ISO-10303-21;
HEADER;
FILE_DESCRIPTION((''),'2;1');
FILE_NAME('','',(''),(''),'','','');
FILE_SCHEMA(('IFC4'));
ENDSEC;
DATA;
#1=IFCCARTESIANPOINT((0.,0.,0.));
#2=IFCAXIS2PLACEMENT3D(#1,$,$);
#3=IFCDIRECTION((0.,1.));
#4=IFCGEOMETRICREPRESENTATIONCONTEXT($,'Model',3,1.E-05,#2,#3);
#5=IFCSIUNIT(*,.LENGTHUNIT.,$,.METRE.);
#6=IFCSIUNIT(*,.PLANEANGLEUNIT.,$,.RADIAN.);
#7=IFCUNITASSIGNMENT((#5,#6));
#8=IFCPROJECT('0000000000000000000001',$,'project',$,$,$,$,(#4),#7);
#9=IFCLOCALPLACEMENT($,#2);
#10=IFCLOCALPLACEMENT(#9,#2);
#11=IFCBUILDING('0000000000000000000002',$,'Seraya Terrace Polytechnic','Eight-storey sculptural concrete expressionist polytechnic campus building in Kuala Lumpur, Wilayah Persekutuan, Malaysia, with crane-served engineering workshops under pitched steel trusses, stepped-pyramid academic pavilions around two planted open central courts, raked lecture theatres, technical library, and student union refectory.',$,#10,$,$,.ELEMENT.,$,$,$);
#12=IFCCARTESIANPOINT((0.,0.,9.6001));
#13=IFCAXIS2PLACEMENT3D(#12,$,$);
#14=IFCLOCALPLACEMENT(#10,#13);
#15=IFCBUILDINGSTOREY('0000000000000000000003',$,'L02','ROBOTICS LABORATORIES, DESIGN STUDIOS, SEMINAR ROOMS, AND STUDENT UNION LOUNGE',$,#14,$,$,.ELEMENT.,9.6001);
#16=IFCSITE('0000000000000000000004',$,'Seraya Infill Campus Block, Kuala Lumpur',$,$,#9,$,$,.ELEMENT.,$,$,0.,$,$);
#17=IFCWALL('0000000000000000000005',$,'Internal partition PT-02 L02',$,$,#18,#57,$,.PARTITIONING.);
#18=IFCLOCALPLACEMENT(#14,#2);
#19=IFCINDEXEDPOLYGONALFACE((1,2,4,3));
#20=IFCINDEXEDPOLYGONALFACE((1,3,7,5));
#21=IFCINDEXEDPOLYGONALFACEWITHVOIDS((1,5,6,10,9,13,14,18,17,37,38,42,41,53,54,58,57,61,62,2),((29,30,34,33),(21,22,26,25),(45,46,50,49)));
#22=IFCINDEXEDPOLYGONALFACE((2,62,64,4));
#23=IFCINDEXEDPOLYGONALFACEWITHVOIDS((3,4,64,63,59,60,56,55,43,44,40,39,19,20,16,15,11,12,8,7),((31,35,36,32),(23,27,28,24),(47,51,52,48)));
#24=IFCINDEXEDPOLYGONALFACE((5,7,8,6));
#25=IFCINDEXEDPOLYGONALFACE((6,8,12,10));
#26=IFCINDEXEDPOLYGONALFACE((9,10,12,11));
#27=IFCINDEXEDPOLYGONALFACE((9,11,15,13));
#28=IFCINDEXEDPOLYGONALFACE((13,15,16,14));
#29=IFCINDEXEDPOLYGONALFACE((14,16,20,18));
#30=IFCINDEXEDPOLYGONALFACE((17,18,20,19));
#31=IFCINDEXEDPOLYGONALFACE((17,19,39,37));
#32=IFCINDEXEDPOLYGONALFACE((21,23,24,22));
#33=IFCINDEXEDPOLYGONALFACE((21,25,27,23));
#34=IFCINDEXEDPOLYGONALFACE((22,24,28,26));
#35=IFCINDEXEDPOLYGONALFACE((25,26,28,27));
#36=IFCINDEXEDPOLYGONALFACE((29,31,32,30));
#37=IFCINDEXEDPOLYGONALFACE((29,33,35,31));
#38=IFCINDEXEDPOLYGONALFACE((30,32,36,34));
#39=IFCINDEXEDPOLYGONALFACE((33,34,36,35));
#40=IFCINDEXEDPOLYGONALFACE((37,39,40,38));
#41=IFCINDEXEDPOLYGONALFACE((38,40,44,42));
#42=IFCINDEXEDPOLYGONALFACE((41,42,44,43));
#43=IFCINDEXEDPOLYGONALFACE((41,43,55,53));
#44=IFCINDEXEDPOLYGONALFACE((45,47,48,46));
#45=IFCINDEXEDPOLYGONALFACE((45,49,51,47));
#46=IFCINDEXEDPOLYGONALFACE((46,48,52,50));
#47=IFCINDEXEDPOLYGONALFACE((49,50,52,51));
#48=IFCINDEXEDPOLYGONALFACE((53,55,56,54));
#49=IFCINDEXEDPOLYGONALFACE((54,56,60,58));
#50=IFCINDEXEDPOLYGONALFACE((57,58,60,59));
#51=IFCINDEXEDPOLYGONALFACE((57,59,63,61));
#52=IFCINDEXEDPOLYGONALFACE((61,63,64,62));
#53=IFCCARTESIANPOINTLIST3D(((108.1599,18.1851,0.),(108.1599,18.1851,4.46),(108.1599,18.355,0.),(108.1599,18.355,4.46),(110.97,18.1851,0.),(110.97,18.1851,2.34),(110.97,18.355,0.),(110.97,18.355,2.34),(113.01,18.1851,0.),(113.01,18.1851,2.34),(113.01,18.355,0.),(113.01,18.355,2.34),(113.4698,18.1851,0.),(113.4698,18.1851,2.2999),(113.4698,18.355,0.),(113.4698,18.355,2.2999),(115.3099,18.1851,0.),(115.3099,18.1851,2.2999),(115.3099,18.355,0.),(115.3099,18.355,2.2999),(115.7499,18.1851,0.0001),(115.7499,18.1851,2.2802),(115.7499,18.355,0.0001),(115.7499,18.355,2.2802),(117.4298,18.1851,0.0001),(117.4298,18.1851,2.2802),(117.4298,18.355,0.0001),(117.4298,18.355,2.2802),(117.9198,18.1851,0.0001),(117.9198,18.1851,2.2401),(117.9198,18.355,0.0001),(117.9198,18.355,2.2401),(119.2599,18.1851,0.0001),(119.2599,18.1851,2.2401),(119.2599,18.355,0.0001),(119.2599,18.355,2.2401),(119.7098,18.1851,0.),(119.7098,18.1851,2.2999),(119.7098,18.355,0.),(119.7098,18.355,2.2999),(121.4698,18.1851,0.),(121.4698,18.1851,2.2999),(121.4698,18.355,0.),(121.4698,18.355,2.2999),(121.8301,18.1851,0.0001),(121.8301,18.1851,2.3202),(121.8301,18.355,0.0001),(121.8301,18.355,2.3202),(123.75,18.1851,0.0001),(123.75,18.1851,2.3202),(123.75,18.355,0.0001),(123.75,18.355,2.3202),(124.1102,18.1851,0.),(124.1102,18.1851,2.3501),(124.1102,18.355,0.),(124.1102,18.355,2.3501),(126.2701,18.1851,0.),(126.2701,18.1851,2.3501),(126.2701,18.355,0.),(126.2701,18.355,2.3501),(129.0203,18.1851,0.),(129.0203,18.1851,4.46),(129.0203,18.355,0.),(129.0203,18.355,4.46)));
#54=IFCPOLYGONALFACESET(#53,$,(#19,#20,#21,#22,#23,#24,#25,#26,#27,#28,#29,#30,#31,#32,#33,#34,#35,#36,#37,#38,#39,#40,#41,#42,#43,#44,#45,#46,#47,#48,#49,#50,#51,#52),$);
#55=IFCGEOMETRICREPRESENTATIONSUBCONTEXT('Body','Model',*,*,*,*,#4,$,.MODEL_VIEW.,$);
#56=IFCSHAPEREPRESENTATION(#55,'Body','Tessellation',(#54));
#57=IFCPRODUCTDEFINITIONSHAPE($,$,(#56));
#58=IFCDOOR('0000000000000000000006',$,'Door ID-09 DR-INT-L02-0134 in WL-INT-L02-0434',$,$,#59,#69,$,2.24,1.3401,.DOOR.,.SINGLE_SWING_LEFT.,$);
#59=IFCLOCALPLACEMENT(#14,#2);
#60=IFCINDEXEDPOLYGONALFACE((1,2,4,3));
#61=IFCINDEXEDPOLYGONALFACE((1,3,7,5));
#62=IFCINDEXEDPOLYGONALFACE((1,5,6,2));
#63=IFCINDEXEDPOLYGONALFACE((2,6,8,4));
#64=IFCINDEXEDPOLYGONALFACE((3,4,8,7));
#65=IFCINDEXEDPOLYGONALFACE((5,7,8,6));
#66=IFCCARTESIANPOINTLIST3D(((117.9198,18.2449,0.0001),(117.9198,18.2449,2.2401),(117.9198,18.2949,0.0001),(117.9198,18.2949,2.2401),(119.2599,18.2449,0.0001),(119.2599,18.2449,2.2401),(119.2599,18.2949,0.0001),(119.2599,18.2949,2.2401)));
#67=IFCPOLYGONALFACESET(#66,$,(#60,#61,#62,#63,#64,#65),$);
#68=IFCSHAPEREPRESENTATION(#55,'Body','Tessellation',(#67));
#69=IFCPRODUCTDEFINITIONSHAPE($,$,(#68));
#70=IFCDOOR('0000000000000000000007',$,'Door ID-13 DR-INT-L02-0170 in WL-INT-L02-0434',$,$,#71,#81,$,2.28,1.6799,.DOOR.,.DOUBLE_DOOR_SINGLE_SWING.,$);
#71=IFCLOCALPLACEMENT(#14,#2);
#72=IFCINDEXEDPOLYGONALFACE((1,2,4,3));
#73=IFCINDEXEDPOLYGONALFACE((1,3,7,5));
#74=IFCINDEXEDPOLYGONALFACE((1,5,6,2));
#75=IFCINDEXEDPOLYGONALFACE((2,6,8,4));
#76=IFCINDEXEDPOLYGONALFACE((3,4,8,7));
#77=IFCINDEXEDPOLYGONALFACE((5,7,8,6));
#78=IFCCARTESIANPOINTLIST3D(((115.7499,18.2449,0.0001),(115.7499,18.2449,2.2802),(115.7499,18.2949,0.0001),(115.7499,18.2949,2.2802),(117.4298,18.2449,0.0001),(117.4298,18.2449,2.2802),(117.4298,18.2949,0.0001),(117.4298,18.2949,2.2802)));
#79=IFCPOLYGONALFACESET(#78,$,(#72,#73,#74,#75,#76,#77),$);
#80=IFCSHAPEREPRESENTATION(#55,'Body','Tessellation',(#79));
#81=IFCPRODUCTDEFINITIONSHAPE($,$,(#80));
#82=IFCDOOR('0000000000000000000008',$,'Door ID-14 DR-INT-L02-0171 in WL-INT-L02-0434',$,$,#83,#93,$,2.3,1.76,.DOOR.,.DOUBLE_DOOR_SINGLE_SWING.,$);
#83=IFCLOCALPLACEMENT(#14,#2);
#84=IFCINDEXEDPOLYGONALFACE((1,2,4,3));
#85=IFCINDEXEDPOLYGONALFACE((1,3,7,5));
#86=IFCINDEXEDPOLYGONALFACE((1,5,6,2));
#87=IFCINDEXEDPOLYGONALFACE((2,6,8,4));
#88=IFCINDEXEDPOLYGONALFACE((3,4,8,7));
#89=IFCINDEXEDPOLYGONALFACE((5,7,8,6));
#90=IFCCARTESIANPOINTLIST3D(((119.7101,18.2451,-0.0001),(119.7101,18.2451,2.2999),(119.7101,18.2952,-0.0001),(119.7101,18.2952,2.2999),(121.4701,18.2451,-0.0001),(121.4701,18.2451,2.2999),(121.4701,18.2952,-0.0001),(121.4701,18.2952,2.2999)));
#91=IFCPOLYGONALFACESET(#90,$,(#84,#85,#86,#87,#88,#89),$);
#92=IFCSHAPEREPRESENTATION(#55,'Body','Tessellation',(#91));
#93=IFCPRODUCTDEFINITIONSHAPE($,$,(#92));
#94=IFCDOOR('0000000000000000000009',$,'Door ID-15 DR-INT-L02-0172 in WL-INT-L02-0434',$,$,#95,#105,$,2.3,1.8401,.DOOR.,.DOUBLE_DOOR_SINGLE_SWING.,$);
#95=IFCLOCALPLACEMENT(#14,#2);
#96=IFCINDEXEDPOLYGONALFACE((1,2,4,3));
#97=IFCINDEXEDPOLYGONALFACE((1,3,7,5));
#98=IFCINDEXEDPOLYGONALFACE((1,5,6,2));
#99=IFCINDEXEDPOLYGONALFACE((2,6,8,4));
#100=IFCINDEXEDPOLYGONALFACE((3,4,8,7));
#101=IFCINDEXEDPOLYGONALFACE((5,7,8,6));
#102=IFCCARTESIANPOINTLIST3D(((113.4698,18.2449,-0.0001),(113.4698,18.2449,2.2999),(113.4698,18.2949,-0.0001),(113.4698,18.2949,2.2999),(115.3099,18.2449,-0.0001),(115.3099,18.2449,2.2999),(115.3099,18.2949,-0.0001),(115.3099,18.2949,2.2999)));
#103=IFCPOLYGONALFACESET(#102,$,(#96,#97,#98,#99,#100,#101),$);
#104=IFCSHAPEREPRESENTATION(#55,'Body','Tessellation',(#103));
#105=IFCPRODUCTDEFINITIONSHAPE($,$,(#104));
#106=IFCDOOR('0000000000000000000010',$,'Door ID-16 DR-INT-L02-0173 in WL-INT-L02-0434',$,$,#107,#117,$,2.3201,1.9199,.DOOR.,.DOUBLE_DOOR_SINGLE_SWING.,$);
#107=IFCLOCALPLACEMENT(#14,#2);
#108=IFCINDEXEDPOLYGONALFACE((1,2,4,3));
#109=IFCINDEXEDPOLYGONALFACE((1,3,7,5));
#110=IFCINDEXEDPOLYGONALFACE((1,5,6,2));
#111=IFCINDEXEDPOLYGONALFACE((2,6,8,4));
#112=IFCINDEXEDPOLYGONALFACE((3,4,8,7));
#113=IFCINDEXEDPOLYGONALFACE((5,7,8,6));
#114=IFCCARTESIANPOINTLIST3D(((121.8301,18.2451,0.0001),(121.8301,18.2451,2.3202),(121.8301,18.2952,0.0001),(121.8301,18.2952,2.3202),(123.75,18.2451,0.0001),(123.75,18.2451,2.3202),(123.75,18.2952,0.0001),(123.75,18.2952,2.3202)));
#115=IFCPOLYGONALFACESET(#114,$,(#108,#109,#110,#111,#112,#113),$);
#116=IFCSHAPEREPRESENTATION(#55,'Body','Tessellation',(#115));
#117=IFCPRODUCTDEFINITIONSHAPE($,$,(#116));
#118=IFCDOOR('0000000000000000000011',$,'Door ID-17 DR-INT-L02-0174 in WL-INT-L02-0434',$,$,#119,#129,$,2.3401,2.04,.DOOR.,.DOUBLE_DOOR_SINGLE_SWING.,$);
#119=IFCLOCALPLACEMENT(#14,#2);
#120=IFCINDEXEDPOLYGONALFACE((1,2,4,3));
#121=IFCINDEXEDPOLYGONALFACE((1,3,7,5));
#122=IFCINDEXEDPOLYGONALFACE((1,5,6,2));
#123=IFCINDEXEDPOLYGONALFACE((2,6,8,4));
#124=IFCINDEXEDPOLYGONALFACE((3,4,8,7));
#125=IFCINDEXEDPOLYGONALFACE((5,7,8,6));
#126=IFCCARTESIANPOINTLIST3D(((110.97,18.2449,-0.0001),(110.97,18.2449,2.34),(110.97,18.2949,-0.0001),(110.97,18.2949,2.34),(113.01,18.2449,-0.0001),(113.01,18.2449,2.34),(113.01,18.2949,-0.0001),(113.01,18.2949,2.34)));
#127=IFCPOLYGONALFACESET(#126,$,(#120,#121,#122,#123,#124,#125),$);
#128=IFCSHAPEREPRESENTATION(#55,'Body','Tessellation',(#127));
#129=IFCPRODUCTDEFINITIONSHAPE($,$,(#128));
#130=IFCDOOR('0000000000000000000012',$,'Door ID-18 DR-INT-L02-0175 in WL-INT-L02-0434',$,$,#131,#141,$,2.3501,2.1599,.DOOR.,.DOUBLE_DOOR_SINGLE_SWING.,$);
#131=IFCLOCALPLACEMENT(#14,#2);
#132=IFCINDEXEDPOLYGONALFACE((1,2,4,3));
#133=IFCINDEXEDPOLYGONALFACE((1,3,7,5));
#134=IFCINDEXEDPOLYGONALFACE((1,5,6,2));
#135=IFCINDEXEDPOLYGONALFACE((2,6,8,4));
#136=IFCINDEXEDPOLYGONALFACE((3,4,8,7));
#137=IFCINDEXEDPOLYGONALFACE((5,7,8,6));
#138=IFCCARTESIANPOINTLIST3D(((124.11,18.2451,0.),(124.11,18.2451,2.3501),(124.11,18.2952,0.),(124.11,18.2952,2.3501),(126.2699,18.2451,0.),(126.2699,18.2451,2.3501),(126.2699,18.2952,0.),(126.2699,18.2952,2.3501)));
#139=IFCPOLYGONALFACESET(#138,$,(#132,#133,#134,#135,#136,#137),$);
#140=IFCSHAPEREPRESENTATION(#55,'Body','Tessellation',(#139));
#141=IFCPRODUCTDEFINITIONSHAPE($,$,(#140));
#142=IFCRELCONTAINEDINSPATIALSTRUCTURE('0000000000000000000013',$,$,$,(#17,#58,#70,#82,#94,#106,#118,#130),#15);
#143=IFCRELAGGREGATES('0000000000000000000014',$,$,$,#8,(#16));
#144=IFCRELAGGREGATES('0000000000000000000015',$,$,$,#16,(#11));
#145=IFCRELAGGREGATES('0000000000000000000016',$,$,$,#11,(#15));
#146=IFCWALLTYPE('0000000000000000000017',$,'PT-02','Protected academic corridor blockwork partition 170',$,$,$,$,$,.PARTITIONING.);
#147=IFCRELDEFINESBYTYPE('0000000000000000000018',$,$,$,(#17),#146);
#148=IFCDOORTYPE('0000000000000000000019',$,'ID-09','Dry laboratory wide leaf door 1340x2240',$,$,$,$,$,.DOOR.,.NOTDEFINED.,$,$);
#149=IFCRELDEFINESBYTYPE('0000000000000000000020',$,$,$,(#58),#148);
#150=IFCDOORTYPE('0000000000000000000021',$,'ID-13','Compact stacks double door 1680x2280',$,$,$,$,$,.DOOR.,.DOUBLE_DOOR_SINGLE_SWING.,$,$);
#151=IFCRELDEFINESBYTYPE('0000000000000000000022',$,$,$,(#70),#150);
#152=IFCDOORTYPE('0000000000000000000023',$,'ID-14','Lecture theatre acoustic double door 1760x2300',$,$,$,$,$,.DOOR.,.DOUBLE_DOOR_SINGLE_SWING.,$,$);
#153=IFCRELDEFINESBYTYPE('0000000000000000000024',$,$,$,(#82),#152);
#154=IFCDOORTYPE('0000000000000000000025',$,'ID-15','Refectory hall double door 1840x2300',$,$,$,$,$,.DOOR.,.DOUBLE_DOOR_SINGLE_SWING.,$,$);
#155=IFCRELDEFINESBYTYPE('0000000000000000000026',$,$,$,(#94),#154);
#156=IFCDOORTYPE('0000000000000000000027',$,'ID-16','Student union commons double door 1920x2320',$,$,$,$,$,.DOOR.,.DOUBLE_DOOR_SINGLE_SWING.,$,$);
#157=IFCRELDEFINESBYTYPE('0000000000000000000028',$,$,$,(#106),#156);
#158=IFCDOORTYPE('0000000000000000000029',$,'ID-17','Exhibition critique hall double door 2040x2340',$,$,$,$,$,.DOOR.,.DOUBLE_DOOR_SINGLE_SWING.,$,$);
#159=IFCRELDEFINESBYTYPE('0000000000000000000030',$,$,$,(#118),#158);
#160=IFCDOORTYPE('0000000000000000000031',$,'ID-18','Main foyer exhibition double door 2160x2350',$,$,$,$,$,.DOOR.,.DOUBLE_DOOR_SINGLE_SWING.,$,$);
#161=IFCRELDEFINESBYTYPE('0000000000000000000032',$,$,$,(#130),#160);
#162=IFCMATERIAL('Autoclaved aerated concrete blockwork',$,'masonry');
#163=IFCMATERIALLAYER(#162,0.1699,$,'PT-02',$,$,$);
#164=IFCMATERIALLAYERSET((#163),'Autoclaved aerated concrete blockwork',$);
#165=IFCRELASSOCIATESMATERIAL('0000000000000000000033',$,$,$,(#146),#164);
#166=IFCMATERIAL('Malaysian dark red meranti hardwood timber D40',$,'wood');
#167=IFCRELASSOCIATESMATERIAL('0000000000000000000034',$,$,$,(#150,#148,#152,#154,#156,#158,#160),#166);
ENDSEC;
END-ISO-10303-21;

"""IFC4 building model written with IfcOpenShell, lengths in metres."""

from ifc_helpers import new_model, si_unit, direction, frame, frame_2d, origin, place, context, subcontext, project, spatial, rectangle, extrude, material, layer, layer_set, type_object, element, fill, save


model = new_model("IFC4")

# Units and contexts
model_context = context("Model", 3, precision=1e-05, world=origin(), true_north=direction((0.0, 1.0)))
body_context = subcontext(model_context, "Body", "Model", "MODEL_VIEW")
ifc_project = project(units=[si_unit("LENGTHUNIT", "METRE"), si_unit("PLANEANGLEUNIT", "RADIAN")], contexts=[model_context])

# Site, building, storey
site_placement = place(None, origin())
site = spatial("IfcSite", under=ifc_project, at=site_placement, Name="Seraya Infill Campus Block, Kuala Lumpur", CompositionType="ELEMENT", RefElevation=0.0)
building_placement = place(site_placement, origin())
building = spatial("IfcBuilding", under=site, at=building_placement, Name="Seraya Terrace Polytechnic", Description="Eight-storey sculptural concrete expressionist polytechnic campus building in Kuala Lumpur, Wilayah Persekutuan, Malaysia, with crane-served engineering workshops under pitched steel trusses, stepped-pyramid academic pavilions around two planted open central courts, raked lecture theatres, technical library, and student union refectory.", CompositionType="ELEMENT")
storey_placement = place(building_placement, frame((0.0, 0.0, 9.6001)))
storey = spatial("IfcBuildingStorey", under=building, at=storey_placement, Name="L02", Description="ROBOTICS LABORATORIES, DESIGN STUDIOS, SEMINAR ROOMS, AND STUDENT UNION LOUNGE", CompositionType="ELEMENT", Elevation=9.6001)

# Shared definitions
ifc_material_1 = material(Name="Autoclaved aerated concrete blockwork", Category="masonry")
ifc_layer_1 = layer(ifc_material_1, 0.1699, Name="PT-02")
ifc_layer_set_1 = layer_set([ifc_layer_1], Name="Autoclaved aerated concrete blockwork")
wall_type_1 = type_object("IfcWallType", Name="PT-02", Description="Protected academic corridor blockwork partition 170", PredefinedType="PARTITIONING", material=ifc_layer_set_1)
ifc_material_2 = material(Name="Malaysian dark red meranti hardwood timber D40", Category="wood")
door_type_1 = type_object("IfcDoorType", Name="ID-13", Description="Compact stacks double door 1680x2280", OperationType="DOUBLE_DOOR_SINGLE_SWING", PredefinedType="DOOR", material=ifc_material_2)

# Wall, openings, doors
wall_1_placement = place(storey_placement, frame((108.1599, 18.27, 0.0), z_axis=(0.0, 0.0, 1.0), x_axis=(1.0, 0.0, 0.0)))
wall_1 = element("IfcWall", 1, at=wall_1_placement, inside=storey, type_object=wall_type_1, Name="Internal partition PT-02 L02", PredefinedType="PARTITIONING", context=body_context, shape_type="SweptSolid", body=[
    extrude(rectangle(XDim=20.8604, YDim=0.1699, at=frame_2d((10.4302, 0.0))), origin(), (0.0, 0.0, 1.0), 4.46),
])
opening_1_placement = place(wall_1_placement, frame((9.76, 0.0, 0.0)))
opening_1 = element("IfcOpeningElement", 2, at=opening_1_placement, cuts=wall_1, PredefinedType="OPENING", context=body_context, shape_type="SweptSolid", body=[
    extrude(rectangle(XDim=1.3401, YDim=2.24, at=frame_2d((0.6699, 1.1201))), frame((0.0, 0.0969, 0.0), z_axis=(0.0, -1.0, 0.0), x_axis=(1.0, 0.0, 0.0)), (0.0, 0.0, 1.0), 0.1938),
])
opening_2_placement = place(wall_1_placement, frame((7.5901, 0.0, 0.0)))
opening_2 = element("IfcOpeningElement", 3, at=opening_2_placement, cuts=wall_1, PredefinedType="OPENING", context=body_context, shape_type="SweptSolid", body=[
    extrude(rectangle(XDim=1.6799, YDim=2.28, at=frame_2d((0.8398, 1.1401))), frame((0.0, 0.0969, 0.0), z_axis=(0.0, -1.0, 0.0), x_axis=(1.0, 0.0, 0.0)), (0.0, 0.0, 1.0), 0.1938),
])
opening_3_placement = place(wall_1_placement, frame((11.55, 0.0, 0.0)))
opening_3 = element("IfcOpeningElement", 4, at=opening_3_placement, cuts=wall_1, PredefinedType="OPENING", context=body_context, shape_type="SweptSolid", body=[
    extrude(rectangle(XDim=1.76, YDim=2.3, at=frame_2d((0.8799, 1.1499))), frame((0.0, 0.0969, 0.0), z_axis=(0.0, -1.0, 0.0), x_axis=(1.0, 0.0, 0.0)), (0.0, 0.0, 1.0), 0.1938),
])
opening_4_placement = place(wall_1_placement, frame((5.3101, 0.0, 0.0)))
opening_4 = element("IfcOpeningElement", 5, at=opening_4_placement, cuts=wall_1, PredefinedType="OPENING", context=body_context, shape_type="SweptSolid", body=[
    extrude(rectangle(XDim=1.8401, YDim=2.3, at=frame_2d((0.9199, 1.1499))), frame((0.0, 0.0969, 0.0), z_axis=(0.0, -1.0, 0.0), x_axis=(1.0, 0.0, 0.0)), (0.0, 0.0, 1.0), 0.1938),
])
opening_5_placement = place(wall_1_placement, frame((13.6702, 0.0, 0.0)))
opening_5 = element("IfcOpeningElement", 6, at=opening_5_placement, cuts=wall_1, PredefinedType="OPENING", context=body_context, shape_type="SweptSolid", body=[
    extrude(rectangle(XDim=1.9199, YDim=2.3201, at=frame_2d((0.96, 1.1602))), frame((0.0, 0.0969, 0.0), z_axis=(0.0, -1.0, 0.0), x_axis=(1.0, 0.0, 0.0)), (0.0, 0.0, 1.0), 0.1938),
])
opening_6_placement = place(wall_1_placement, frame((2.8101, 0.0, 0.0)))
opening_6 = element("IfcOpeningElement", 7, at=opening_6_placement, cuts=wall_1, PredefinedType="OPENING", context=body_context, shape_type="SweptSolid", body=[
    extrude(rectangle(XDim=2.04, YDim=2.3401, at=frame_2d((1.02, 1.1699))), frame((0.0, 0.0969, 0.0), z_axis=(0.0, -1.0, 0.0), x_axis=(1.0, 0.0, 0.0)), (0.0, 0.0, 1.0), 0.1938),
])
opening_7_placement = place(wall_1_placement, frame((15.9502, 0.0, 0.0)))
opening_7 = element("IfcOpeningElement", 8, at=opening_7_placement, cuts=wall_1, PredefinedType="OPENING", context=body_context, shape_type="SweptSolid", body=[
    extrude(rectangle(XDim=2.1599, YDim=2.3501, at=frame_2d((1.0801, 1.175))), frame((0.0, 0.0969, 0.0), z_axis=(0.0, -1.0, 0.0), x_axis=(1.0, 0.0, 0.0)), (0.0, 0.0, 1.0), 0.1938),
])
door_type_2 = type_object("IfcDoorType", Name="ID-09", Description="Dry laboratory wide leaf door 1340x2240", OperationType="NOTDEFINED", PredefinedType="DOOR", material=ifc_material_2)
door_1_placement = place(opening_1_placement, origin())
door_1 = element("IfcDoor", 9, at=door_1_placement, inside=storey, type_object=door_type_2, Name="Door ID-09 DR-INT-L02-0134 in WL-INT-L02-0434", OperationType="SINGLE_SWING_LEFT", OverallHeight=2.24, OverallWidth=1.3401, PredefinedType="DOOR", context=body_context, shape_type="SweptSolid", body=[
    extrude(rectangle(XDim=1.3401, YDim=2.24, at=frame_2d((0.6699, 1.1201))), frame((0.0, 0.0249, 0.0), z_axis=(0.0, -1.0, 0.0), x_axis=(1.0, 0.0, 0.0)), (0.0, 0.0, 1.0), 0.05),
])
fill(opening_1, door_1)
door_2_placement = place(opening_2_placement, origin())
door_2 = element("IfcDoor", 10, at=door_2_placement, inside=storey, type_object=door_type_1, Name="Door ID-13 DR-INT-L02-0170 in WL-INT-L02-0434", OperationType="DOUBLE_DOOR_SINGLE_SWING", OverallHeight=2.28, OverallWidth=1.6799, PredefinedType="DOOR", context=body_context, shape_type="SweptSolid", body=[
    extrude(rectangle(XDim=1.6799, YDim=2.28, at=frame_2d((0.8398, 1.1401))), frame((0.0, 0.0249, 0.0), z_axis=(0.0, -1.0, 0.0), x_axis=(1.0, 0.0, 0.0)), (0.0, 0.0, 1.0), 0.05),
])
fill(opening_2, door_2)
door_type_3 = type_object("IfcDoorType", Name="ID-14", Description="Lecture theatre acoustic double door 1760x2300", OperationType="DOUBLE_DOOR_SINGLE_SWING", PredefinedType="DOOR", material=ifc_material_2)
door_3_placement = place(opening_3_placement, frame((1.76, 0.0, 0.0), z_axis=(0.0, 0.0, 1.0), x_axis=(-1.0, 0.0, 0.0)))
door_3 = element("IfcDoor", 11, at=door_3_placement, inside=storey, type_object=door_type_3, Name="Door ID-14 DR-INT-L02-0171 in WL-INT-L02-0434", OperationType="DOUBLE_DOOR_SINGLE_SWING", OverallHeight=2.3, OverallWidth=1.76, PredefinedType="DOOR", context=body_context, shape_type="SweptSolid", body=[
    extrude(rectangle(XDim=1.76, YDim=2.3, at=frame_2d((0.8799, 1.1499))), frame((0.0, 0.0249, 0.0), z_axis=(0.0, -1.0, 0.0), x_axis=(1.0, 0.0, 0.0)), (0.0, 0.0, 1.0), 0.05),
])
fill(opening_3, door_3)
door_type_4 = type_object("IfcDoorType", Name="ID-15", Description="Refectory hall double door 1840x2300", OperationType="DOUBLE_DOOR_SINGLE_SWING", PredefinedType="DOOR", material=ifc_material_2)
door_4_placement = place(opening_4_placement, origin())
door_4 = element("IfcDoor", 12, at=door_4_placement, inside=storey, type_object=door_type_4, Name="Door ID-15 DR-INT-L02-0172 in WL-INT-L02-0434", OperationType="DOUBLE_DOOR_SINGLE_SWING", OverallHeight=2.3, OverallWidth=1.8401, PredefinedType="DOOR", context=body_context, shape_type="SweptSolid", body=[
    extrude(rectangle(XDim=1.8401, YDim=2.3, at=frame_2d((0.9199, 1.1499))), frame((0.0, 0.0249, 0.0), z_axis=(0.0, -1.0, 0.0), x_axis=(1.0, 0.0, 0.0)), (0.0, 0.0, 1.0), 0.05),
])
fill(opening_4, door_4)
door_type_5 = type_object("IfcDoorType", Name="ID-16", Description="Student union commons double door 1920x2320", OperationType="DOUBLE_DOOR_SINGLE_SWING", PredefinedType="DOOR", material=ifc_material_2)
door_5_placement = place(opening_5_placement, frame((1.9199, 0.0, 0.0), z_axis=(0.0, 0.0, 1.0), x_axis=(-1.0, 0.0, 0.0)))
door_5 = element("IfcDoor", 13, at=door_5_placement, inside=storey, type_object=door_type_5, Name="Door ID-16 DR-INT-L02-0173 in WL-INT-L02-0434", OperationType="DOUBLE_DOOR_SINGLE_SWING", OverallHeight=2.3201, OverallWidth=1.9199, PredefinedType="DOOR", context=body_context, shape_type="SweptSolid", body=[
    extrude(rectangle(XDim=1.9199, YDim=2.3201, at=frame_2d((0.96, 1.1602))), frame((0.0, 0.0249, 0.0), z_axis=(0.0, -1.0, 0.0), x_axis=(1.0, 0.0, 0.0)), (0.0, 0.0, 1.0), 0.05),
])
fill(opening_5, door_5)
door_type_6 = type_object("IfcDoorType", Name="ID-17", Description="Exhibition critique hall double door 2040x2340", OperationType="DOUBLE_DOOR_SINGLE_SWING", PredefinedType="DOOR", material=ifc_material_2)
door_6_placement = place(opening_6_placement, origin())
door_6 = element("IfcDoor", 14, at=door_6_placement, inside=storey, type_object=door_type_6, Name="Door ID-17 DR-INT-L02-0174 in WL-INT-L02-0434", OperationType="DOUBLE_DOOR_SINGLE_SWING", OverallHeight=2.3401, OverallWidth=2.04, PredefinedType="DOOR", context=body_context, shape_type="SweptSolid", body=[
    extrude(rectangle(XDim=2.04, YDim=2.3401, at=frame_2d((1.02, 1.1699))), frame((0.0, 0.0249, 0.0), z_axis=(0.0, -1.0, 0.0), x_axis=(1.0, 0.0, 0.0)), (0.0, 0.0, 1.0), 0.05),
])
fill(opening_6, door_6)
door_type_7 = type_object("IfcDoorType", Name="ID-18", Description="Main foyer exhibition double door 2160x2350", OperationType="DOUBLE_DOOR_SINGLE_SWING", PredefinedType="DOOR", material=ifc_material_2)
door_7_placement = place(opening_7_placement, frame((2.1599, 0.0, 0.0), z_axis=(0.0, 0.0, 1.0), x_axis=(-1.0, 0.0, 0.0)))
door_7 = element("IfcDoor", 15, at=door_7_placement, inside=storey, type_object=door_type_7, Name="Door ID-18 DR-INT-L02-0175 in WL-INT-L02-0434", OperationType="DOUBLE_DOOR_SINGLE_SWING", OverallHeight=2.3501, OverallWidth=2.1599, PredefinedType="DOOR", context=body_context, shape_type="SweptSolid", body=[
    extrude(rectangle(XDim=2.1599, YDim=2.3501, at=frame_2d((1.0801, 1.175))), frame((0.0, 0.0249, 0.0), z_axis=(0.0, -1.0, 0.0), x_axis=(1.0, 0.0, 0.0)), (0.0, 0.0, 1.0), 0.05),
])
fill(opening_7, door_7)

save(model, "model.ifc")
